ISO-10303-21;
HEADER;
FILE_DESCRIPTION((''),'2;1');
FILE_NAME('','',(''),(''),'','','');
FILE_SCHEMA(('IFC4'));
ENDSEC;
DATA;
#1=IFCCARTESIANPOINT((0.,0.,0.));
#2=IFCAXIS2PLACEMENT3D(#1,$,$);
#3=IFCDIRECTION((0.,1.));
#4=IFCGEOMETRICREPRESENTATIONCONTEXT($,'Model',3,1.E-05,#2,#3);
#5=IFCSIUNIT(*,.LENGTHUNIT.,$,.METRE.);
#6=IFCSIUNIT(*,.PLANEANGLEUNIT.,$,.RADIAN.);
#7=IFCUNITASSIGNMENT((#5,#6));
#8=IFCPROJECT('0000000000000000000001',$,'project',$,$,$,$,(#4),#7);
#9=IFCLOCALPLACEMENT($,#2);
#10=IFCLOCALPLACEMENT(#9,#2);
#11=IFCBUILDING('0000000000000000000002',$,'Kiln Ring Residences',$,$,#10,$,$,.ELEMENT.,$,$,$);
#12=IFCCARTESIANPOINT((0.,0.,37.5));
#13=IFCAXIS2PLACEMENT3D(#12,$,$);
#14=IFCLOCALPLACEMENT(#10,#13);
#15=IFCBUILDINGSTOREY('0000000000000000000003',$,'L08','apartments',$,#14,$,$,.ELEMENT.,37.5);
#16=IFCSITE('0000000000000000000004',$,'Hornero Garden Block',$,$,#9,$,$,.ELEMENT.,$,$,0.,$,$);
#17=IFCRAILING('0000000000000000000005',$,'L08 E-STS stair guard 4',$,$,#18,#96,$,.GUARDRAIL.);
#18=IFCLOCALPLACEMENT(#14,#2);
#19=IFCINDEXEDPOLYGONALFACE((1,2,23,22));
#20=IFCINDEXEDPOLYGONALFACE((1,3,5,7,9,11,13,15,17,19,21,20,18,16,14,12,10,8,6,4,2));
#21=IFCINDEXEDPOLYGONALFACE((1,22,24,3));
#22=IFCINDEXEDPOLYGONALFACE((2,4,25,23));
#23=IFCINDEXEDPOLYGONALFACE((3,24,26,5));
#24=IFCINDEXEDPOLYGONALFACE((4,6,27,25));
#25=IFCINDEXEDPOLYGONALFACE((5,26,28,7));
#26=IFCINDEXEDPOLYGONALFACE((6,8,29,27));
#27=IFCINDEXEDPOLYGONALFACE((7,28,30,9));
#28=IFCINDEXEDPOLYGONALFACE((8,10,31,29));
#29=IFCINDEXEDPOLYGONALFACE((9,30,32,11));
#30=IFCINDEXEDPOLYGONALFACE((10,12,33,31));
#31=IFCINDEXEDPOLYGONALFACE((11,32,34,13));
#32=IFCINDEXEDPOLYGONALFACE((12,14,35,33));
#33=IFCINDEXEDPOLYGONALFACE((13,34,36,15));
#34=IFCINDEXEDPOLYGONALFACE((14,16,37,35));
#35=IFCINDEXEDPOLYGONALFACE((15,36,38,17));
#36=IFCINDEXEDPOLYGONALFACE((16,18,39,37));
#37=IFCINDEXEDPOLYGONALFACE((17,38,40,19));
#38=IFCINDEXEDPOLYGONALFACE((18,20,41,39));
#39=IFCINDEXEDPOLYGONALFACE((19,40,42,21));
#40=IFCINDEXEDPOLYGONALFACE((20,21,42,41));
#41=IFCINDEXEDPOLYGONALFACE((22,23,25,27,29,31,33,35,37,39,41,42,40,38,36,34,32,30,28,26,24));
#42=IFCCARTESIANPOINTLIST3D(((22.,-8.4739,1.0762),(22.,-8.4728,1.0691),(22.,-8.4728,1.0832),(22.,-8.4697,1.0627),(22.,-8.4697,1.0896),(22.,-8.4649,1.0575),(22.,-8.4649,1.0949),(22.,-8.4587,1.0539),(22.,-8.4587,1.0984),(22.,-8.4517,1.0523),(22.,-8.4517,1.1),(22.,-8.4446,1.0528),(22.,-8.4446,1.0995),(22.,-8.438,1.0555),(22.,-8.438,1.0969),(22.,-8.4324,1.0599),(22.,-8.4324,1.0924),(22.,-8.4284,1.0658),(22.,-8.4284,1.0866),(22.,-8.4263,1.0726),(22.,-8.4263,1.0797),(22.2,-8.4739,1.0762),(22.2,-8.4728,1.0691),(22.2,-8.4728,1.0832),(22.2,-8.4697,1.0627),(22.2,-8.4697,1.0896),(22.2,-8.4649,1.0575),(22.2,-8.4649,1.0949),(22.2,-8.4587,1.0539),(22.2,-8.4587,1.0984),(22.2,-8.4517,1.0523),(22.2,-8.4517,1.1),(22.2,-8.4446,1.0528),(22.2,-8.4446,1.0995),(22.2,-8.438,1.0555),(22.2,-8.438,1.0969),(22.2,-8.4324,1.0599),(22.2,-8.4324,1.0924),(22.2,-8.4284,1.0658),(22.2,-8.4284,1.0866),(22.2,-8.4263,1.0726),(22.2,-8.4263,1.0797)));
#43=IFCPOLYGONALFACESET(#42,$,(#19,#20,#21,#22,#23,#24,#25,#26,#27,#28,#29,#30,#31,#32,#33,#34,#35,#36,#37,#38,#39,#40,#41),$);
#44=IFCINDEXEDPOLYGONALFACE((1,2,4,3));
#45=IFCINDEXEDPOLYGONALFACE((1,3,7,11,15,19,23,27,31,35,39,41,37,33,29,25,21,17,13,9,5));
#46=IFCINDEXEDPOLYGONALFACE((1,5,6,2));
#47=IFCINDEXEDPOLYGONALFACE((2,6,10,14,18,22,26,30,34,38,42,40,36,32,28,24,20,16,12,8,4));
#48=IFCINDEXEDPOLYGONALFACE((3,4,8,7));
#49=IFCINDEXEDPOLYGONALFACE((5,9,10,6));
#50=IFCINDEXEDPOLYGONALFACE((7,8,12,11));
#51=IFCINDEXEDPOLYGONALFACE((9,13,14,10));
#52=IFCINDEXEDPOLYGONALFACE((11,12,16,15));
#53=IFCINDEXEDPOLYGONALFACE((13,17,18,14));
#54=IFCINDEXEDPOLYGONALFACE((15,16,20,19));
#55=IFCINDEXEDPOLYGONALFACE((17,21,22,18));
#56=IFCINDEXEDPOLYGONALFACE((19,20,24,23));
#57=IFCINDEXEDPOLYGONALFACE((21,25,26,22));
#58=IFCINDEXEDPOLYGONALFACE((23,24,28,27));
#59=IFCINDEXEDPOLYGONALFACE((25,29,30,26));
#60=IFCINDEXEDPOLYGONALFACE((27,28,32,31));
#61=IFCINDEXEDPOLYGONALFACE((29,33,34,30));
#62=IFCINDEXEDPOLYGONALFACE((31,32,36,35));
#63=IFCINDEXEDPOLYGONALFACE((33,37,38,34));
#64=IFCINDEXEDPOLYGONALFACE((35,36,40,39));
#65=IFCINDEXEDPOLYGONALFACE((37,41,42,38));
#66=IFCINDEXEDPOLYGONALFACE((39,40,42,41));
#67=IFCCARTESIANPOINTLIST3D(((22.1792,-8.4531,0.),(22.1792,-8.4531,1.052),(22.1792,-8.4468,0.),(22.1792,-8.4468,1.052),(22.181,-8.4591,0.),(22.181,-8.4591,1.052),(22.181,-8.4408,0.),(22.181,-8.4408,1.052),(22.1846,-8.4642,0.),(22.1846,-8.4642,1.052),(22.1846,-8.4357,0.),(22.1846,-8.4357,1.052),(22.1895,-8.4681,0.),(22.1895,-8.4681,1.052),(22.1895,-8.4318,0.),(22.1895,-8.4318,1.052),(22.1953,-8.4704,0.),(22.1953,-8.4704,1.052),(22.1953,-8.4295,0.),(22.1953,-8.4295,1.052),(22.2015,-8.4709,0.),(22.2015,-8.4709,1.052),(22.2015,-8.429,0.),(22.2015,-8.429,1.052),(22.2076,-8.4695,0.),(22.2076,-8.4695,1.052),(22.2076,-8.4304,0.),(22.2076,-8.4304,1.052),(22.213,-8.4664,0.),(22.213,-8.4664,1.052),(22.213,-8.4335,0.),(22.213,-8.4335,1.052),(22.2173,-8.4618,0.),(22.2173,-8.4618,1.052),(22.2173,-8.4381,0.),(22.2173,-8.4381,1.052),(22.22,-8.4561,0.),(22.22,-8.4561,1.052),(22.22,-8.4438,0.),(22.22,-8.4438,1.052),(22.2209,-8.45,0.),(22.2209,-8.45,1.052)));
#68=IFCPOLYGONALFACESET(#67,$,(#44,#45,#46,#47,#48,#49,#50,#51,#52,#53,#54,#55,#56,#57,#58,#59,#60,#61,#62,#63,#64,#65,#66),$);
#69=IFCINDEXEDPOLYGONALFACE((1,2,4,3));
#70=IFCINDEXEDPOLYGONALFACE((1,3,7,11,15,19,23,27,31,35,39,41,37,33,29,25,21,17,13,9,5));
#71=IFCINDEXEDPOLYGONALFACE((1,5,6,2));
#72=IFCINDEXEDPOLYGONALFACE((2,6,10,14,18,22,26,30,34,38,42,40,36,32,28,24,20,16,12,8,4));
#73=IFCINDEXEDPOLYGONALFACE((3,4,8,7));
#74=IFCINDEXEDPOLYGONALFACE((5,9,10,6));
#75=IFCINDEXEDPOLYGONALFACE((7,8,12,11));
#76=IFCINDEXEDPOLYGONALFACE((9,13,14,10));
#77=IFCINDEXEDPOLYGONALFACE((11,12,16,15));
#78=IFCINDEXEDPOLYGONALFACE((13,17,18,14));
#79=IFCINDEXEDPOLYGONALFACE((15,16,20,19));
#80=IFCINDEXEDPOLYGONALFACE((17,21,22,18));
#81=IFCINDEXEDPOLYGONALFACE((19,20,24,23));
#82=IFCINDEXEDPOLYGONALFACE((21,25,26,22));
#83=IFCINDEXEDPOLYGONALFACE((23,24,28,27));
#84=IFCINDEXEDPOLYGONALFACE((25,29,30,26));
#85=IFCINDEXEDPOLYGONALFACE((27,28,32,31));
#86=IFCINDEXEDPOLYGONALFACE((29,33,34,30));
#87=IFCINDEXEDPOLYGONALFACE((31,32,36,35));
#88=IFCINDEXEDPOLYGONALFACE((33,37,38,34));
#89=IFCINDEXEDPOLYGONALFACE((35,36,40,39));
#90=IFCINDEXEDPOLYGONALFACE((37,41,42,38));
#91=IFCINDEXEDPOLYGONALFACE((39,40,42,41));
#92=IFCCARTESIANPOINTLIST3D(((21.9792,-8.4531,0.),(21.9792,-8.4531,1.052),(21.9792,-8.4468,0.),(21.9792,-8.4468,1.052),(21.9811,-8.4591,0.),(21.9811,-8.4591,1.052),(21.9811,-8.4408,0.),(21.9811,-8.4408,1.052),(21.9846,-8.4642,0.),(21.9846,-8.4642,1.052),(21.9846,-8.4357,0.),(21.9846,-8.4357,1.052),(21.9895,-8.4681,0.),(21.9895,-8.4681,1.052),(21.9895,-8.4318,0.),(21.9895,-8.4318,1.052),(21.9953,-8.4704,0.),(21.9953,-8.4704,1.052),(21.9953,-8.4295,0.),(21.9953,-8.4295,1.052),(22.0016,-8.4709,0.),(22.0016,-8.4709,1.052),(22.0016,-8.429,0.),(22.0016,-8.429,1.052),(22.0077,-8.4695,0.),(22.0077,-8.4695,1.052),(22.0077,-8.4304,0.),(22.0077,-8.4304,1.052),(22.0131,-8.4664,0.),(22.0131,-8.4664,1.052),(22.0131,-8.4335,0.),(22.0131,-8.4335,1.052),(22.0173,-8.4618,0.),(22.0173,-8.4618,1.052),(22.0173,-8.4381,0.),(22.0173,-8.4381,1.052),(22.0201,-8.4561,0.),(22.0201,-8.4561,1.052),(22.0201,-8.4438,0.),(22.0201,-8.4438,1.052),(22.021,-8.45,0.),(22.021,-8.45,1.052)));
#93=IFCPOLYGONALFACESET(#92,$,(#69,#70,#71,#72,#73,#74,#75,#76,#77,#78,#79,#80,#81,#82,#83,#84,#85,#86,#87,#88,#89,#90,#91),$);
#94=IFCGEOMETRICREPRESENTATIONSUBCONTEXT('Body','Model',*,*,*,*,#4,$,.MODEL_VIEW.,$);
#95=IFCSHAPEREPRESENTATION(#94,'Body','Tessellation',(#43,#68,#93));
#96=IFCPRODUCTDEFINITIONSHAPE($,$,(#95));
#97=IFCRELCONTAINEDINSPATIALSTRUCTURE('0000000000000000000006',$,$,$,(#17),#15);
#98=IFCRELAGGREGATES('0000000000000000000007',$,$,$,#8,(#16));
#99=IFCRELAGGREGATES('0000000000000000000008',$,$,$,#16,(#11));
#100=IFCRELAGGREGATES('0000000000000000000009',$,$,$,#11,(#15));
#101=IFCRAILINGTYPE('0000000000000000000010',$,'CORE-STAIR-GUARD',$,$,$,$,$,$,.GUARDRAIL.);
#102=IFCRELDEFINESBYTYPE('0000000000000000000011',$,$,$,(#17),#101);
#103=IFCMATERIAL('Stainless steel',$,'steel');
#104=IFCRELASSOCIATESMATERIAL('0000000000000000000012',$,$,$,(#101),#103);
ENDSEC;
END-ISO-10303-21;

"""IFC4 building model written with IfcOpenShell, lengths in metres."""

from ifc_helpers import new_model, si_unit, direction, frame, origin, origin_2d, place, context, subcontext, project, spatial, circle, extrude, material, type_object, element, save


model = new_model("IFC4")

# Units and contexts
model_context = context("Model", 3, precision=1e-05, world=origin(), true_north=direction((0.0, 1.0)))
body_context = subcontext(model_context, "Body", "Model", "MODEL_VIEW")
ifc_project = project(units=[si_unit("LENGTHUNIT", "METRE"), si_unit("PLANEANGLEUNIT", "RADIAN")], contexts=[model_context])

# Site, building, storey
site_placement = place(None, origin())
site = spatial("IfcSite", under=ifc_project, at=site_placement, Name="Hornero Garden Block", CompositionType="ELEMENT", RefElevation=0.0)
building_placement = place(site_placement, origin())
building = spatial("IfcBuilding", under=site, at=building_placement, Name="Kiln Ring Residences", CompositionType="ELEMENT")
storey_placement = place(building_placement, frame((0.0, 0.0, 37.5)))
storey = spatial("IfcBuildingStorey", under=building, at=storey_placement, Name="L08", Description="apartments", CompositionType="ELEMENT", Elevation=37.5)

# Railing
ifc_material_1 = material(Name="Stainless steel", Category="steel")
railing_type_1 = type_object("IfcRailingType", Name="CORE-STAIR-GUARD", PredefinedType="GUARDRAIL", material=ifc_material_1)
railing_1_placement = place(storey_placement, frame((22.2, -8.45, 0.0)))
element("IfcRailing", 1, at=railing_1_placement, inside=storey, type_object=railing_type_1, Name="L08 E-STS stair guard 4", PredefinedType="GUARDRAIL", context=body_context, shape_type="SweptSolid", body=[
    extrude(circle(Radius=0.0239, at=origin_2d()), frame((0.0, 0.0, 1.0762), z_axis=(-1.0, 0.0, 0.0), x_axis=(0.0, -1.0, 0.0)), (0.0, 0.0, 1.0), 0.2),
    extrude(circle(Radius=0.021, at=origin_2d()), origin(), (0.0, 0.0, 1.0), 1.052),
    extrude(circle(Radius=0.021, at=origin_2d()), frame((-0.2, 0.0, 0.0)), (0.0, 0.0, 1.0), 1.052),
])

save(model, "model.ifc")
